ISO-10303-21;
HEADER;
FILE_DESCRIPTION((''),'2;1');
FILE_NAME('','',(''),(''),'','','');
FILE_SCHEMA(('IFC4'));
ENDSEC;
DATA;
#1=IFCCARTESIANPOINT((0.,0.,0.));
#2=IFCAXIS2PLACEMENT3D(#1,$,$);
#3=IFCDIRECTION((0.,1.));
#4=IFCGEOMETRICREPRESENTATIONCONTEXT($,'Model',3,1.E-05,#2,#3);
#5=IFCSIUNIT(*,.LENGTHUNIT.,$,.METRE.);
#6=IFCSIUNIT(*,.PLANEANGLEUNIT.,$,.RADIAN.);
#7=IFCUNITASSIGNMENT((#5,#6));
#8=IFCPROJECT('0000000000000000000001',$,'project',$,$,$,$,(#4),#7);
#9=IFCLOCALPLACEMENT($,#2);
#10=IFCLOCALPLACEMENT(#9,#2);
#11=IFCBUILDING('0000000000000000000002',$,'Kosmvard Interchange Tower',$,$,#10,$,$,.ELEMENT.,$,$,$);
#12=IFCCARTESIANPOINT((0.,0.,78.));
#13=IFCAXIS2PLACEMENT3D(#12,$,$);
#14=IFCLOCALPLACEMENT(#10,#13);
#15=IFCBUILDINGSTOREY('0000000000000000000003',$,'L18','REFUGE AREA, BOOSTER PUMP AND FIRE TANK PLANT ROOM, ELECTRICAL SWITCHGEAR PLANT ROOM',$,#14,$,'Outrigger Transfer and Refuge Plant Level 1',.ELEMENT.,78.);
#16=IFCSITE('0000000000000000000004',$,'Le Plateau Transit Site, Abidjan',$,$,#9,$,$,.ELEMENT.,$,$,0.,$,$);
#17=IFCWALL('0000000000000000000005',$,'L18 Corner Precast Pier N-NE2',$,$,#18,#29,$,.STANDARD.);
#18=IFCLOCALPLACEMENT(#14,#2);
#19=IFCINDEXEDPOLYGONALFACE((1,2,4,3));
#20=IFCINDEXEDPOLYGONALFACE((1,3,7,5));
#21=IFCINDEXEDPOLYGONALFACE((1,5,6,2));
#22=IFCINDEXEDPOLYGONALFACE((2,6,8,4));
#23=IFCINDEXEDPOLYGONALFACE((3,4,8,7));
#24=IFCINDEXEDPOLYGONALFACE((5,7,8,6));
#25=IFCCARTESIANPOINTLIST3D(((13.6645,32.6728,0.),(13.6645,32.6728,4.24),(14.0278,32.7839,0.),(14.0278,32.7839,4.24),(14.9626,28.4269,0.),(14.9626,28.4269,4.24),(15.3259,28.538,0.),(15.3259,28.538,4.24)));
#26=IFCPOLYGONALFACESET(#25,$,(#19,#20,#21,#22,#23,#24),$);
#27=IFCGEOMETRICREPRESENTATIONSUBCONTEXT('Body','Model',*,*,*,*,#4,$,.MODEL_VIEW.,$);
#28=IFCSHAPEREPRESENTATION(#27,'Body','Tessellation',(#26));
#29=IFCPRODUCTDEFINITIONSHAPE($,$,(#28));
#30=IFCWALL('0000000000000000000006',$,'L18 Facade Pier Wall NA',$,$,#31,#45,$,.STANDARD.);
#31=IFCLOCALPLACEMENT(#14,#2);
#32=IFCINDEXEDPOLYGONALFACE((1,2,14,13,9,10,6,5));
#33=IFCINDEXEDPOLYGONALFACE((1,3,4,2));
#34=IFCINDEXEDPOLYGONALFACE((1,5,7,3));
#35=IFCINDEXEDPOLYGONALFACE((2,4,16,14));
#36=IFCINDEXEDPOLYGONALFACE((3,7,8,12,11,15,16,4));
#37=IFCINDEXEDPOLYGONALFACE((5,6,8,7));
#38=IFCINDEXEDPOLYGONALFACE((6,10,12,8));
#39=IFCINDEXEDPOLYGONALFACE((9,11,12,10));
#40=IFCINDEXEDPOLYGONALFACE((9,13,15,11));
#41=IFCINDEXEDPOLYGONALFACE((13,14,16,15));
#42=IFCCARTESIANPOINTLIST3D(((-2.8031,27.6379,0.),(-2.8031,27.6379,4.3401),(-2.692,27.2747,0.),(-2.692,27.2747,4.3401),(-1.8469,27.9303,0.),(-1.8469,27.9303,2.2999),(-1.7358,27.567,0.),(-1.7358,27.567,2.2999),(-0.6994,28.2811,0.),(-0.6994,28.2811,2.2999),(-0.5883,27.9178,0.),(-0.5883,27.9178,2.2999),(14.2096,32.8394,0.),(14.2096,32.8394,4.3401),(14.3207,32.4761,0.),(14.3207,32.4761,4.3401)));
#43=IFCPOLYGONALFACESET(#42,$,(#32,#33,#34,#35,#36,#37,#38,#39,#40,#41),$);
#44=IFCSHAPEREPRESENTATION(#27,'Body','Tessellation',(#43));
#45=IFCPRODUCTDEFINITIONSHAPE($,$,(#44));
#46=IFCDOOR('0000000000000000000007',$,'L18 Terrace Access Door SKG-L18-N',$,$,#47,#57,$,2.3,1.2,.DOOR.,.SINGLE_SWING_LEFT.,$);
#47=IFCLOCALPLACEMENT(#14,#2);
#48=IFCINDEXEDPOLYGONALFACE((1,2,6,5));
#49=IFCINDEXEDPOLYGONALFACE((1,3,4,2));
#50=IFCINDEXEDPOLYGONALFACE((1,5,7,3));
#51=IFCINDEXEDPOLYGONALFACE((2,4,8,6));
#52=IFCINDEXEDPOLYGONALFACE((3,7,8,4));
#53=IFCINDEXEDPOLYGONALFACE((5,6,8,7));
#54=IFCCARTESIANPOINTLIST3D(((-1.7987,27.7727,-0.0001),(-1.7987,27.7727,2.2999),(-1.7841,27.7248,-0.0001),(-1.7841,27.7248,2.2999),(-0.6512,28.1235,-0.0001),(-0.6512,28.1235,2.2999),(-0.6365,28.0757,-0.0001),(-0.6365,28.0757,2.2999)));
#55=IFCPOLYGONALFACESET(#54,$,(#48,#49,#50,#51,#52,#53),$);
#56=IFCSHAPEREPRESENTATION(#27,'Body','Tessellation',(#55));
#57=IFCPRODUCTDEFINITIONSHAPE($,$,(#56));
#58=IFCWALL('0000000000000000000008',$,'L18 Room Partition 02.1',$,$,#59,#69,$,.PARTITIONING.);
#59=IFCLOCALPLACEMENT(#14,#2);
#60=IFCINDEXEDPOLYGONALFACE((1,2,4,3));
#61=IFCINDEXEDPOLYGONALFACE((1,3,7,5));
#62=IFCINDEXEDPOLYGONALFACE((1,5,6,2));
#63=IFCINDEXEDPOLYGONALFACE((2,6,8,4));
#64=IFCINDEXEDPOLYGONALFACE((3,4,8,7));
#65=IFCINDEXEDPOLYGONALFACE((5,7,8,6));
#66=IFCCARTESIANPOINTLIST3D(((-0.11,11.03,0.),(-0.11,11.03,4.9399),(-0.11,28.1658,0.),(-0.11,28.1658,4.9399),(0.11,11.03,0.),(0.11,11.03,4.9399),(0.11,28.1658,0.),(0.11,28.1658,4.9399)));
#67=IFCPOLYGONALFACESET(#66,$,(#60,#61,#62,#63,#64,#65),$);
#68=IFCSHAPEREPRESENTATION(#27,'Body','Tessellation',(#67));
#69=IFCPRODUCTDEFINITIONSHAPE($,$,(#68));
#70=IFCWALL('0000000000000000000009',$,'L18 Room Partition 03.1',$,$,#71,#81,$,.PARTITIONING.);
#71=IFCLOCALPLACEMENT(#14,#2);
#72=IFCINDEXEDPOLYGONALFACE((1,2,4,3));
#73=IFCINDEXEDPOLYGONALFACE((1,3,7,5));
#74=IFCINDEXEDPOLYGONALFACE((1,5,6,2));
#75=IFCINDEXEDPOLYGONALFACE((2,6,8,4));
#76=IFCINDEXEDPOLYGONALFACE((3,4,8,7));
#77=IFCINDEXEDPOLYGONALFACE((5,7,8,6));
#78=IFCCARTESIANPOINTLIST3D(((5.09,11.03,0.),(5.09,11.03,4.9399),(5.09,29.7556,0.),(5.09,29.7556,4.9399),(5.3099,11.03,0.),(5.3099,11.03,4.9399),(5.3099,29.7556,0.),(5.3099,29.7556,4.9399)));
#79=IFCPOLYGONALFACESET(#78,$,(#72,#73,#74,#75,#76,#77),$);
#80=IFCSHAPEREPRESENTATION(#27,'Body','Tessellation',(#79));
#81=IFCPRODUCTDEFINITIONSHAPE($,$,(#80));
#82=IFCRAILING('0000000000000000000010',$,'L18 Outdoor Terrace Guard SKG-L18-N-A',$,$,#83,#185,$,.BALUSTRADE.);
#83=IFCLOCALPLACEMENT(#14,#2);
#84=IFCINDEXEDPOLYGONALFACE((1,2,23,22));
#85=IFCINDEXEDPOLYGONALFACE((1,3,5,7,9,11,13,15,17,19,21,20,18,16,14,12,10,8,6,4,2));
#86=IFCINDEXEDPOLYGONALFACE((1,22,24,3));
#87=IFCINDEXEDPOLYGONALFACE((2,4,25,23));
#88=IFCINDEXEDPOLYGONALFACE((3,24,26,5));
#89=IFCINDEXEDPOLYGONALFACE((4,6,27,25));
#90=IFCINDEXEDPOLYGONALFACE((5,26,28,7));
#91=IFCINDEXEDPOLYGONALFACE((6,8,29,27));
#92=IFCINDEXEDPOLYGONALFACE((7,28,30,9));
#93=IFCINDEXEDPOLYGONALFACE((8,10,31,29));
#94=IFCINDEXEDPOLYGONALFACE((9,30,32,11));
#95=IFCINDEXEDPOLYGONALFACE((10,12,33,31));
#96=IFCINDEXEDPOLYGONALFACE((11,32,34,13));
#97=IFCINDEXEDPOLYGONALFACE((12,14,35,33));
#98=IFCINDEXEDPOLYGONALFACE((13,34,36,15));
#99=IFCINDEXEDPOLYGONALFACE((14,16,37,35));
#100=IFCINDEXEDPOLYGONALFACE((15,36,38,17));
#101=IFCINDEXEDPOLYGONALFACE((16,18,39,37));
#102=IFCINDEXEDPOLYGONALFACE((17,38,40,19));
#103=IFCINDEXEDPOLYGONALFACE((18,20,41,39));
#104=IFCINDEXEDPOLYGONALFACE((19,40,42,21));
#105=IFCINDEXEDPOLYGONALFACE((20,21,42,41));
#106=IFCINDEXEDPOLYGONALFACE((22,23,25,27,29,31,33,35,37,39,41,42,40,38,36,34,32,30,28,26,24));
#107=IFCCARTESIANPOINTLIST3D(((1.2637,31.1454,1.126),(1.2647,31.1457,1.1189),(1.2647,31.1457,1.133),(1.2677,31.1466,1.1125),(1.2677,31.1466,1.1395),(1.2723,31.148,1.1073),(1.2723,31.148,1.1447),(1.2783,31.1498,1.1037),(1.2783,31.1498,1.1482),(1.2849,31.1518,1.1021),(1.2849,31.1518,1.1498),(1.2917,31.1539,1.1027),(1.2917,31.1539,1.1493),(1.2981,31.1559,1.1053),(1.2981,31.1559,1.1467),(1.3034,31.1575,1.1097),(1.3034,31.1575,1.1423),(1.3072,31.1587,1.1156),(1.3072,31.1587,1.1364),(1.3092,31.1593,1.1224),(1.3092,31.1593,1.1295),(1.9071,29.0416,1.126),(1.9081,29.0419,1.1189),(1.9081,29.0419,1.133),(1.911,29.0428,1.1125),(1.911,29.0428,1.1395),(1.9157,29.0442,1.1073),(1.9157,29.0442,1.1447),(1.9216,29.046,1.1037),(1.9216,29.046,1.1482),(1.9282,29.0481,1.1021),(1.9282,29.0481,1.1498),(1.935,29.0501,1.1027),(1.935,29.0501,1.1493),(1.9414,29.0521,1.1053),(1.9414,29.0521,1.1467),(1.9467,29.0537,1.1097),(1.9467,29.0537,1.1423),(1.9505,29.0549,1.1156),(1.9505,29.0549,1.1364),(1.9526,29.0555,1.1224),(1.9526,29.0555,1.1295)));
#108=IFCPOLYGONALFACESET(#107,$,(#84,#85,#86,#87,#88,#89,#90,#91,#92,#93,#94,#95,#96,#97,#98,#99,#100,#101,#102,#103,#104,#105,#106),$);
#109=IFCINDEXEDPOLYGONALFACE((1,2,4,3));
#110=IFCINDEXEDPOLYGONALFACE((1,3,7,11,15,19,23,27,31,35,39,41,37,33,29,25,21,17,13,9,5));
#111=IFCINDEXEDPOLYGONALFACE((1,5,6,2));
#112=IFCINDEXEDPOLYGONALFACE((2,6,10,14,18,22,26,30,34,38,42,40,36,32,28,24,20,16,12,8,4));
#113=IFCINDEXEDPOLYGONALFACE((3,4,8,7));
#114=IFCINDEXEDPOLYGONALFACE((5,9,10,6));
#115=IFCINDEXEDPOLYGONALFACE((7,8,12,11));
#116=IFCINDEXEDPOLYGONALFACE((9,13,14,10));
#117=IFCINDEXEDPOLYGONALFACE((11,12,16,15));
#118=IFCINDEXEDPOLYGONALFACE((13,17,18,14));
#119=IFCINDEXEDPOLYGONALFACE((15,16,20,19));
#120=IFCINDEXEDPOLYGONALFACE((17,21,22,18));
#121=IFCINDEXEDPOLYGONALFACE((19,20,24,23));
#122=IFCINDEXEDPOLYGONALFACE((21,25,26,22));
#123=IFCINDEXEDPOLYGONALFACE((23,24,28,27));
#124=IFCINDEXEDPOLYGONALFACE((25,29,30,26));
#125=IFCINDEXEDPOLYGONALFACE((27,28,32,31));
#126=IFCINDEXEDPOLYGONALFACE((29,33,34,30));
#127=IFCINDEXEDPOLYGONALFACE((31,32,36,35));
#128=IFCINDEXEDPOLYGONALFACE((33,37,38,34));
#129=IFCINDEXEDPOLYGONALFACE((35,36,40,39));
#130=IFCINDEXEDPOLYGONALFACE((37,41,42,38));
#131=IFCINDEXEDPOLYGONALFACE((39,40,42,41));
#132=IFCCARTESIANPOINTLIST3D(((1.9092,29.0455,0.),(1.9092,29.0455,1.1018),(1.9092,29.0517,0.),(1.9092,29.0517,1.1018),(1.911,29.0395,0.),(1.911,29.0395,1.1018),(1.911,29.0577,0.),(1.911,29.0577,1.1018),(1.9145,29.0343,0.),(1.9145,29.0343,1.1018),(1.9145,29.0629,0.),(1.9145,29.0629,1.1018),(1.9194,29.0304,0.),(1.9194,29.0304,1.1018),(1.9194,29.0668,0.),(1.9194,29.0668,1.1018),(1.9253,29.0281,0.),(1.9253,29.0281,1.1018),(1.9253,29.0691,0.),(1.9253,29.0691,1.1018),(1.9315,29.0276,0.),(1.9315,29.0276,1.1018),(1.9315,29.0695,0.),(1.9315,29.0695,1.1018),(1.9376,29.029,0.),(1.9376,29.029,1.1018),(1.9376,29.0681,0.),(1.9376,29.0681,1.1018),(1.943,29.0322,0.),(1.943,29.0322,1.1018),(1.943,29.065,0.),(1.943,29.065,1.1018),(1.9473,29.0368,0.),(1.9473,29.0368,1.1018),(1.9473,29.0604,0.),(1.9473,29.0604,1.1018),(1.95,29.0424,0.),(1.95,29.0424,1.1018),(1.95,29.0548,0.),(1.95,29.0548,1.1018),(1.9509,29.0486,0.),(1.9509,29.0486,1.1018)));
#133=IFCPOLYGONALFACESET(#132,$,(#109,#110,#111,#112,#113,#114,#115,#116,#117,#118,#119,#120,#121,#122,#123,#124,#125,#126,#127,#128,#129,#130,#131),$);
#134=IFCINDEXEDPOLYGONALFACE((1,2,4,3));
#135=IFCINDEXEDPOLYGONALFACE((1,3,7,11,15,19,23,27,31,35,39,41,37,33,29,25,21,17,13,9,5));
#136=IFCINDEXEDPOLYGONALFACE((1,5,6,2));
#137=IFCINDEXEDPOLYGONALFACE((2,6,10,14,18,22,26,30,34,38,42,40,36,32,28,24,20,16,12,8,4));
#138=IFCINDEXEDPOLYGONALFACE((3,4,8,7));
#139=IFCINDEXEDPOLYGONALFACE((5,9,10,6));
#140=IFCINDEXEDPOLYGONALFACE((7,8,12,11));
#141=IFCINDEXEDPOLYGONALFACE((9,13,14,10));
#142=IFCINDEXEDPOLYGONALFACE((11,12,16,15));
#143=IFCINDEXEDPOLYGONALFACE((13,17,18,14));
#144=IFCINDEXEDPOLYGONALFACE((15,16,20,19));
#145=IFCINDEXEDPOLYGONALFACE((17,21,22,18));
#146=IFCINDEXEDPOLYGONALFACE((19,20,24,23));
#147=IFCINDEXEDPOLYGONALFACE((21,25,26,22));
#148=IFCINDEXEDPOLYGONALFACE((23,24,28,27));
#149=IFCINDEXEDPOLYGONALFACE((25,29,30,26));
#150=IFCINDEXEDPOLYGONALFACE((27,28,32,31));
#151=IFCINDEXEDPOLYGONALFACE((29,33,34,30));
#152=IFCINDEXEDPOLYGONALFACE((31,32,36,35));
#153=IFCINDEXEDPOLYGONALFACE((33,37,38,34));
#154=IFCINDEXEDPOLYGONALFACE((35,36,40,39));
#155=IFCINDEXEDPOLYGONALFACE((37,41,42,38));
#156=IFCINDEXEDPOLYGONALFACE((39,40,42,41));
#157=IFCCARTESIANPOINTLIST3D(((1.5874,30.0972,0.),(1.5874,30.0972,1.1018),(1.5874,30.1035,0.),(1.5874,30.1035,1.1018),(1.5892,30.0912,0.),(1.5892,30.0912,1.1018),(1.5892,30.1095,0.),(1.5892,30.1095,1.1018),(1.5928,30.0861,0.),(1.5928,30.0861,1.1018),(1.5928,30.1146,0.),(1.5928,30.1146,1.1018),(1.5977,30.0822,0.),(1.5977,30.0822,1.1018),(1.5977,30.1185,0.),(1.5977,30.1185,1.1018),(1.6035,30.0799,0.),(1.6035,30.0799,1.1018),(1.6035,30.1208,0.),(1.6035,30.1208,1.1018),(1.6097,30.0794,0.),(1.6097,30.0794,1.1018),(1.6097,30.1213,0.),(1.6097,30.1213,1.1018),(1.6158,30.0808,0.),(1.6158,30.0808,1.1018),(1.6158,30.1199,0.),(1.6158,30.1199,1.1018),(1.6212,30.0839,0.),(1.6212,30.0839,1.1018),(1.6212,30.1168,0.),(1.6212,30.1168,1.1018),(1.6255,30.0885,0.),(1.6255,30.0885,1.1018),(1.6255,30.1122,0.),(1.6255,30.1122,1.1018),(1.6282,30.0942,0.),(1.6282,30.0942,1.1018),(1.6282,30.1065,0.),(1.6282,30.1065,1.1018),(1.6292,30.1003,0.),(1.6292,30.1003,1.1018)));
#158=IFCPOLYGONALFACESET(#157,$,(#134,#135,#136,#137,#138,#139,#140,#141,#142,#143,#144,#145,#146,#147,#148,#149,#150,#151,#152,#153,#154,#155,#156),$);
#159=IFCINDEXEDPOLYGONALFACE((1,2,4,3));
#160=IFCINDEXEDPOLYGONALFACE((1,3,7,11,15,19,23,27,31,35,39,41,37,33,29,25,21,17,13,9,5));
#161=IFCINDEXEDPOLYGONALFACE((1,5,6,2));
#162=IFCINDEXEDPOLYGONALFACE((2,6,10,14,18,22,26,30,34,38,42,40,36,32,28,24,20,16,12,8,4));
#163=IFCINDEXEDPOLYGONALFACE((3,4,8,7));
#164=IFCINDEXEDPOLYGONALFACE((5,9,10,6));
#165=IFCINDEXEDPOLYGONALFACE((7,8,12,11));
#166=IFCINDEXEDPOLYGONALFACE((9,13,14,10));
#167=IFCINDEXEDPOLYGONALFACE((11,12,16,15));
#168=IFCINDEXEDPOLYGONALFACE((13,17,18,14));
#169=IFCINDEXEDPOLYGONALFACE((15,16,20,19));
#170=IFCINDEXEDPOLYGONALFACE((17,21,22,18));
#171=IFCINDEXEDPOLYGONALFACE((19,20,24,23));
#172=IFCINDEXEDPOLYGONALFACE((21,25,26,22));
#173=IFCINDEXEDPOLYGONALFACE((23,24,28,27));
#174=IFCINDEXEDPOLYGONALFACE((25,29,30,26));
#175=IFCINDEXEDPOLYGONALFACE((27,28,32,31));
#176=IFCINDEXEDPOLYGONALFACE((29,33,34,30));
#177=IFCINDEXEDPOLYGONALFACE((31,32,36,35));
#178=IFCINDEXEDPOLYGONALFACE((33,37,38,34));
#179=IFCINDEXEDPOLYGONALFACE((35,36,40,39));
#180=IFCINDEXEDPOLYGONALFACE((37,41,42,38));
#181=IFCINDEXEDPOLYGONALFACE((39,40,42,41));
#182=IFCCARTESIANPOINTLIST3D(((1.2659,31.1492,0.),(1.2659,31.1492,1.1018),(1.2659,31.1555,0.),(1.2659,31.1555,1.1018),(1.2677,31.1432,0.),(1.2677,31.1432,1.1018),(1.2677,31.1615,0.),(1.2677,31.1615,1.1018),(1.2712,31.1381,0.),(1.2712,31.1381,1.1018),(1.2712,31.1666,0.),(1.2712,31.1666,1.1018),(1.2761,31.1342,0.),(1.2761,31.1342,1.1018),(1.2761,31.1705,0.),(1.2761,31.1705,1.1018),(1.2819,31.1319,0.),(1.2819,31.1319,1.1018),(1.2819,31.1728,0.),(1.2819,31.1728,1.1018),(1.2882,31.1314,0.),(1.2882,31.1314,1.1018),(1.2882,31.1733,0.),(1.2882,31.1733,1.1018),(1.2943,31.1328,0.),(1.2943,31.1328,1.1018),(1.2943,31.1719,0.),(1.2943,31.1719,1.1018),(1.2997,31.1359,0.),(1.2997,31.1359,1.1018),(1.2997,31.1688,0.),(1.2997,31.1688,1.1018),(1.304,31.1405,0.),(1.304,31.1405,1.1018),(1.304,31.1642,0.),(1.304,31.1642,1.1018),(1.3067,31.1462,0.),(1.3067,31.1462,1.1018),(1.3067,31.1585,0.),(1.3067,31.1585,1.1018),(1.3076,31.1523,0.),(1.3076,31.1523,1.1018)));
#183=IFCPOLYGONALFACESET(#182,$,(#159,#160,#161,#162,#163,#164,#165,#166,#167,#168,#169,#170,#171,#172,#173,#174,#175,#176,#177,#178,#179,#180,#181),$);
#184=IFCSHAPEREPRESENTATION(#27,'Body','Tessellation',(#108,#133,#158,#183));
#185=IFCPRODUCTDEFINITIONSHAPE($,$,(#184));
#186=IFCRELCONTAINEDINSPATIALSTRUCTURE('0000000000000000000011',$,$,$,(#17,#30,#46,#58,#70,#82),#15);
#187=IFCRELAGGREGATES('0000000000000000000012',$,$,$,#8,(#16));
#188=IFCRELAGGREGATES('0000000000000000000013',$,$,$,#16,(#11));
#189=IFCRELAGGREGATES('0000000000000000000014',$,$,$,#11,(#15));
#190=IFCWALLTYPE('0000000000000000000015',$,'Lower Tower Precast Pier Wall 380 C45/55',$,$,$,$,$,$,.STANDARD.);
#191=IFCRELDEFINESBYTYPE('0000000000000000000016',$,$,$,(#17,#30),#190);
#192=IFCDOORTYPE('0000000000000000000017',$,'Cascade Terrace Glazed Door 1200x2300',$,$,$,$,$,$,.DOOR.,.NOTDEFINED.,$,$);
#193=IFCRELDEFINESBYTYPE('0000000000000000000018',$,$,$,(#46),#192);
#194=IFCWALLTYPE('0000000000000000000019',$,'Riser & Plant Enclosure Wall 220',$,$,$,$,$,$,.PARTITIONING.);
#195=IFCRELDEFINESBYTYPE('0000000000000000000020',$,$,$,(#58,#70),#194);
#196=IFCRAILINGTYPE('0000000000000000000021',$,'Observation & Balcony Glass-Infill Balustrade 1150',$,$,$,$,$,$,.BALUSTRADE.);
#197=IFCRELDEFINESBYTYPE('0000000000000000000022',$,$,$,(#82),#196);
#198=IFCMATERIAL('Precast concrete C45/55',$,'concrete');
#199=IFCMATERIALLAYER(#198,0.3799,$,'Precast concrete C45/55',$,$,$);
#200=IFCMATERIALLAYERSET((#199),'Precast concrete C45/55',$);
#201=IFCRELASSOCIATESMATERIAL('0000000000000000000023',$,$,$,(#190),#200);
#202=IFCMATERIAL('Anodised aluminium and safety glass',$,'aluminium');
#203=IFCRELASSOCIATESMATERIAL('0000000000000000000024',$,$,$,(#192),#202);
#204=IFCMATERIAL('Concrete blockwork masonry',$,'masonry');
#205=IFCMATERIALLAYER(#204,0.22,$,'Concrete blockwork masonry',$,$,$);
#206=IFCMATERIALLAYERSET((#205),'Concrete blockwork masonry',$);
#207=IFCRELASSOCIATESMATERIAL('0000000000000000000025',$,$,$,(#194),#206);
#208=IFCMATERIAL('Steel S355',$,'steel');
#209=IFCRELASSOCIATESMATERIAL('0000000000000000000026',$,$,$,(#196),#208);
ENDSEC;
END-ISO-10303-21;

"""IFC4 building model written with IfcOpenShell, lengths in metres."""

from ifc_helpers import new_model, si_unit, direction, frame, frame_2d, origin, origin_2d, place, context, subcontext, project, spatial, rectangle, circle, extrude, source, transform, mapped, material, layer, layer_set, type_object, element, fill, save


model = new_model("IFC4")

# Units and contexts
model_context = context("Model", 3, precision=1e-05, world=origin(), true_north=direction((0.0, 1.0)))
body_context = subcontext(model_context, "Body", "Model", "MODEL_VIEW")
ifc_project = project(units=[si_unit("LENGTHUNIT", "METRE"), si_unit("PLANEANGLEUNIT", "RADIAN")], contexts=[model_context])

# Site, building, storey
site_placement = place(None, origin())
site = spatial("IfcSite", under=ifc_project, at=site_placement, Name="Le Plateau Transit Site, Abidjan", CompositionType="ELEMENT", RefElevation=0.0)
building_placement = place(site_placement, origin())
building = spatial("IfcBuilding", under=site, at=building_placement, Name="Kosmvard Interchange Tower", CompositionType="ELEMENT")
storey_placement = place(building_placement, frame((0.0, 0.0, 78.0)))
storey = spatial("IfcBuildingStorey", under=building, at=storey_placement, Name="L18", Description="REFUGE AREA, BOOSTER PUMP AND FIRE TANK PLANT ROOM, ELECTRICAL SWITCHGEAR PLANT ROOM", LongName="Outrigger Transfer and Refuge Plant Level 1", CompositionType="ELEMENT", Elevation=78.0)

# Shared definitions
ifc_material_1 = material(Name="Steel S355", Category="steel")

# Wall
ifc_material_2 = material(Name="Precast concrete C45/55", Category="concrete")
ifc_layer_1 = layer(ifc_material_2, 0.3799, Name="Precast concrete C45/55")
ifc_layer_set_1 = layer_set([ifc_layer_1], Name="Precast concrete C45/55")
wall_type_1 = type_object("IfcWallType", Name="Lower Tower Precast Pier Wall 380 C45/55", PredefinedType="STANDARD", material=ifc_layer_set_1)
wall_1_placement = place(storey_placement, frame((15.1443, 28.4824, 0.0), z_axis=(0.0, 0.0, 1.0), x_axis=(-0.292374, 0.956304, 0.0)))
element("IfcWall", 1, at=wall_1_placement, inside=storey, type_object=wall_type_1, Name="L18 Corner Precast Pier N-NE2", PredefinedType="STANDARD", context=body_context, shape_type="SweptSolid", body=[
    extrude(rectangle(XDim=4.4399, YDim=0.3799, at=frame_2d((2.22, 0.0))), origin(), (0.0, 0.0, 1.0), 4.24),
])

# Wall, opening, door
wall_2_placement = place(storey_placement, frame((14.2651, 32.6577, 0.0), z_axis=(0.0, 0.0, 1.0), x_axis=(-0.956303, -0.292378, 0.0)))
wall_2 = element("IfcWall", 2, at=wall_2_placement, inside=storey, type_object=wall_type_1, Name="L18 Facade Pier Wall NA", PredefinedType="STANDARD", context=body_context, shape_type="SweptSolid", body=[
    extrude(rectangle(XDim=17.79, YDim=0.3799, at=frame_2d((8.895, 0.0))), origin(), (0.0, 0.0, 1.0), 4.3401),
])
opening_placement = place(wall_2_placement, frame((15.5901, 0.0, 0.0)))
opening = element("IfcOpeningElement", 3, at=opening_placement, cuts=wall_2, PredefinedType="OPENING", context=body_context, shape_type="SweptSolid", body=[
    extrude(rectangle(XDim=1.2, YDim=2.3, at=frame_2d((0.6001, 1.1499))), frame((0.0, 0.2, 0.0), z_axis=(0.0, -1.0, 0.0), x_axis=(1.0, 0.0, 0.0)), (0.0, 0.0, 1.0), 0.3999),
])
ifc_material_3 = material(Name="Anodised aluminium and safety glass", Category="aluminium")
door_type = type_object("IfcDoorType", Name="Cascade Terrace Glazed Door 1200x2300", OperationType="NOTDEFINED", PredefinedType="DOOR", material=ifc_material_3)
shared_shape_1 = source(origin(), body_context, "Body", "SweptSolid", [
    extrude(rectangle(XDim=1.2, YDim=2.3, at=frame_2d((0.6001, 1.1499))), frame((0.0, 0.0249, 0.0), z_axis=(0.0, -1.0, 0.0), x_axis=(1.0, 0.0, 0.0)), (0.0, 0.0, 1.0), 0.05),
])
door_placement = place(opening_placement, origin())
door = element("IfcDoor", 4, at=door_placement, inside=storey, type_object=door_type, Name="L18 Terrace Access Door SKG-L18-N", OperationType="SINGLE_SWING_LEFT", OverallHeight=2.3, OverallWidth=1.2, PredefinedType="DOOR", context=body_context, shape_type="MappedRepresentation", body=[
    mapped(shared_shape_1, transform((0.0, 0.0, 0.0), scale=1.0)),
])
fill(opening, door)

# Walls
ifc_material_4 = material(Name="Concrete blockwork masonry", Category="masonry")
ifc_layer_2 = layer(ifc_material_4, 0.22, Name="Concrete blockwork masonry")
ifc_layer_set_2 = layer_set([ifc_layer_2], Name="Concrete blockwork masonry")
wall_type_2 = type_object("IfcWallType", Name="Riser & Plant Enclosure Wall 220", PredefinedType="PARTITIONING", material=ifc_layer_set_2)
wall_3_placement = place(storey_placement, frame((0.0, 11.03, 0.0), z_axis=(0.0, 0.0, 1.0), x_axis=(0.0, 1.0, 0.0)))
element("IfcWall", 5, at=wall_3_placement, inside=storey, type_object=wall_type_2, Name="L18 Room Partition 02.1", PredefinedType="PARTITIONING", context=body_context, shape_type="SweptSolid", body=[
    extrude(rectangle(XDim=17.1357, YDim=0.22, at=frame_2d((8.5679, 0.0))), origin(), (0.0, 0.0, 1.0), 4.9399),
])
wall_4_placement = place(storey_placement, frame((5.2, 11.03, 0.0), z_axis=(0.0, 0.0, 1.0), x_axis=(0.0, 1.0, 0.0)))
element("IfcWall", 6, at=wall_4_placement, inside=storey, type_object=wall_type_2, Name="L18 Room Partition 03.1", PredefinedType="PARTITIONING", context=body_context, shape_type="SweptSolid", body=[
    extrude(rectangle(XDim=18.7256, YDim=0.22, at=frame_2d((9.3628, 0.0))), origin(), (0.0, 0.0, 1.0), 4.9399),
])

# Railing
railing_type = type_object("IfcRailingType", Name="Observation & Balcony Glass-Infill Balustrade 1150", PredefinedType="BALUSTRADE", material=ifc_material_1)
shared_shape_2 = source(origin(), body_context, "Body", "SweptSolid", [
    extrude(circle(Radius=0.0239, at=origin_2d()), frame((0.0, 0.0, 1.126), z_axis=(-0.292424, 0.956289, 0.0), x_axis=(-0.956289, -0.292424, 0.0)), (0.0, 0.0, 1.0), 2.2),
    extrude(circle(Radius=0.021, at=origin_2d()), origin(), (0.0, 0.0, 1.0), 1.1018),
    extrude(circle(Radius=0.021, at=origin_2d()), frame((-0.3218, 1.0518, 0.0)), (0.0, 0.0, 1.0), 1.1018),
    extrude(circle(Radius=0.021, at=origin_2d()), frame((-0.6433, 2.1038, 0.0)), (0.0, 0.0, 1.0), 1.1018),
])
railing_1_placement = place(storey_placement, frame((1.9299, 29.0486, 0.0)))
element("IfcRailing", 7, at=railing_1_placement, inside=storey, type_object=railing_type, Name="L18 Outdoor Terrace Guard SKG-L18-N-A", PredefinedType="BALUSTRADE", context=body_context, shape_type="MappedRepresentation", body=[
    mapped(shared_shape_2, transform((0.0, 0.0, 0.0), scale=1.0)),
])

save(model, "model.ifc")
